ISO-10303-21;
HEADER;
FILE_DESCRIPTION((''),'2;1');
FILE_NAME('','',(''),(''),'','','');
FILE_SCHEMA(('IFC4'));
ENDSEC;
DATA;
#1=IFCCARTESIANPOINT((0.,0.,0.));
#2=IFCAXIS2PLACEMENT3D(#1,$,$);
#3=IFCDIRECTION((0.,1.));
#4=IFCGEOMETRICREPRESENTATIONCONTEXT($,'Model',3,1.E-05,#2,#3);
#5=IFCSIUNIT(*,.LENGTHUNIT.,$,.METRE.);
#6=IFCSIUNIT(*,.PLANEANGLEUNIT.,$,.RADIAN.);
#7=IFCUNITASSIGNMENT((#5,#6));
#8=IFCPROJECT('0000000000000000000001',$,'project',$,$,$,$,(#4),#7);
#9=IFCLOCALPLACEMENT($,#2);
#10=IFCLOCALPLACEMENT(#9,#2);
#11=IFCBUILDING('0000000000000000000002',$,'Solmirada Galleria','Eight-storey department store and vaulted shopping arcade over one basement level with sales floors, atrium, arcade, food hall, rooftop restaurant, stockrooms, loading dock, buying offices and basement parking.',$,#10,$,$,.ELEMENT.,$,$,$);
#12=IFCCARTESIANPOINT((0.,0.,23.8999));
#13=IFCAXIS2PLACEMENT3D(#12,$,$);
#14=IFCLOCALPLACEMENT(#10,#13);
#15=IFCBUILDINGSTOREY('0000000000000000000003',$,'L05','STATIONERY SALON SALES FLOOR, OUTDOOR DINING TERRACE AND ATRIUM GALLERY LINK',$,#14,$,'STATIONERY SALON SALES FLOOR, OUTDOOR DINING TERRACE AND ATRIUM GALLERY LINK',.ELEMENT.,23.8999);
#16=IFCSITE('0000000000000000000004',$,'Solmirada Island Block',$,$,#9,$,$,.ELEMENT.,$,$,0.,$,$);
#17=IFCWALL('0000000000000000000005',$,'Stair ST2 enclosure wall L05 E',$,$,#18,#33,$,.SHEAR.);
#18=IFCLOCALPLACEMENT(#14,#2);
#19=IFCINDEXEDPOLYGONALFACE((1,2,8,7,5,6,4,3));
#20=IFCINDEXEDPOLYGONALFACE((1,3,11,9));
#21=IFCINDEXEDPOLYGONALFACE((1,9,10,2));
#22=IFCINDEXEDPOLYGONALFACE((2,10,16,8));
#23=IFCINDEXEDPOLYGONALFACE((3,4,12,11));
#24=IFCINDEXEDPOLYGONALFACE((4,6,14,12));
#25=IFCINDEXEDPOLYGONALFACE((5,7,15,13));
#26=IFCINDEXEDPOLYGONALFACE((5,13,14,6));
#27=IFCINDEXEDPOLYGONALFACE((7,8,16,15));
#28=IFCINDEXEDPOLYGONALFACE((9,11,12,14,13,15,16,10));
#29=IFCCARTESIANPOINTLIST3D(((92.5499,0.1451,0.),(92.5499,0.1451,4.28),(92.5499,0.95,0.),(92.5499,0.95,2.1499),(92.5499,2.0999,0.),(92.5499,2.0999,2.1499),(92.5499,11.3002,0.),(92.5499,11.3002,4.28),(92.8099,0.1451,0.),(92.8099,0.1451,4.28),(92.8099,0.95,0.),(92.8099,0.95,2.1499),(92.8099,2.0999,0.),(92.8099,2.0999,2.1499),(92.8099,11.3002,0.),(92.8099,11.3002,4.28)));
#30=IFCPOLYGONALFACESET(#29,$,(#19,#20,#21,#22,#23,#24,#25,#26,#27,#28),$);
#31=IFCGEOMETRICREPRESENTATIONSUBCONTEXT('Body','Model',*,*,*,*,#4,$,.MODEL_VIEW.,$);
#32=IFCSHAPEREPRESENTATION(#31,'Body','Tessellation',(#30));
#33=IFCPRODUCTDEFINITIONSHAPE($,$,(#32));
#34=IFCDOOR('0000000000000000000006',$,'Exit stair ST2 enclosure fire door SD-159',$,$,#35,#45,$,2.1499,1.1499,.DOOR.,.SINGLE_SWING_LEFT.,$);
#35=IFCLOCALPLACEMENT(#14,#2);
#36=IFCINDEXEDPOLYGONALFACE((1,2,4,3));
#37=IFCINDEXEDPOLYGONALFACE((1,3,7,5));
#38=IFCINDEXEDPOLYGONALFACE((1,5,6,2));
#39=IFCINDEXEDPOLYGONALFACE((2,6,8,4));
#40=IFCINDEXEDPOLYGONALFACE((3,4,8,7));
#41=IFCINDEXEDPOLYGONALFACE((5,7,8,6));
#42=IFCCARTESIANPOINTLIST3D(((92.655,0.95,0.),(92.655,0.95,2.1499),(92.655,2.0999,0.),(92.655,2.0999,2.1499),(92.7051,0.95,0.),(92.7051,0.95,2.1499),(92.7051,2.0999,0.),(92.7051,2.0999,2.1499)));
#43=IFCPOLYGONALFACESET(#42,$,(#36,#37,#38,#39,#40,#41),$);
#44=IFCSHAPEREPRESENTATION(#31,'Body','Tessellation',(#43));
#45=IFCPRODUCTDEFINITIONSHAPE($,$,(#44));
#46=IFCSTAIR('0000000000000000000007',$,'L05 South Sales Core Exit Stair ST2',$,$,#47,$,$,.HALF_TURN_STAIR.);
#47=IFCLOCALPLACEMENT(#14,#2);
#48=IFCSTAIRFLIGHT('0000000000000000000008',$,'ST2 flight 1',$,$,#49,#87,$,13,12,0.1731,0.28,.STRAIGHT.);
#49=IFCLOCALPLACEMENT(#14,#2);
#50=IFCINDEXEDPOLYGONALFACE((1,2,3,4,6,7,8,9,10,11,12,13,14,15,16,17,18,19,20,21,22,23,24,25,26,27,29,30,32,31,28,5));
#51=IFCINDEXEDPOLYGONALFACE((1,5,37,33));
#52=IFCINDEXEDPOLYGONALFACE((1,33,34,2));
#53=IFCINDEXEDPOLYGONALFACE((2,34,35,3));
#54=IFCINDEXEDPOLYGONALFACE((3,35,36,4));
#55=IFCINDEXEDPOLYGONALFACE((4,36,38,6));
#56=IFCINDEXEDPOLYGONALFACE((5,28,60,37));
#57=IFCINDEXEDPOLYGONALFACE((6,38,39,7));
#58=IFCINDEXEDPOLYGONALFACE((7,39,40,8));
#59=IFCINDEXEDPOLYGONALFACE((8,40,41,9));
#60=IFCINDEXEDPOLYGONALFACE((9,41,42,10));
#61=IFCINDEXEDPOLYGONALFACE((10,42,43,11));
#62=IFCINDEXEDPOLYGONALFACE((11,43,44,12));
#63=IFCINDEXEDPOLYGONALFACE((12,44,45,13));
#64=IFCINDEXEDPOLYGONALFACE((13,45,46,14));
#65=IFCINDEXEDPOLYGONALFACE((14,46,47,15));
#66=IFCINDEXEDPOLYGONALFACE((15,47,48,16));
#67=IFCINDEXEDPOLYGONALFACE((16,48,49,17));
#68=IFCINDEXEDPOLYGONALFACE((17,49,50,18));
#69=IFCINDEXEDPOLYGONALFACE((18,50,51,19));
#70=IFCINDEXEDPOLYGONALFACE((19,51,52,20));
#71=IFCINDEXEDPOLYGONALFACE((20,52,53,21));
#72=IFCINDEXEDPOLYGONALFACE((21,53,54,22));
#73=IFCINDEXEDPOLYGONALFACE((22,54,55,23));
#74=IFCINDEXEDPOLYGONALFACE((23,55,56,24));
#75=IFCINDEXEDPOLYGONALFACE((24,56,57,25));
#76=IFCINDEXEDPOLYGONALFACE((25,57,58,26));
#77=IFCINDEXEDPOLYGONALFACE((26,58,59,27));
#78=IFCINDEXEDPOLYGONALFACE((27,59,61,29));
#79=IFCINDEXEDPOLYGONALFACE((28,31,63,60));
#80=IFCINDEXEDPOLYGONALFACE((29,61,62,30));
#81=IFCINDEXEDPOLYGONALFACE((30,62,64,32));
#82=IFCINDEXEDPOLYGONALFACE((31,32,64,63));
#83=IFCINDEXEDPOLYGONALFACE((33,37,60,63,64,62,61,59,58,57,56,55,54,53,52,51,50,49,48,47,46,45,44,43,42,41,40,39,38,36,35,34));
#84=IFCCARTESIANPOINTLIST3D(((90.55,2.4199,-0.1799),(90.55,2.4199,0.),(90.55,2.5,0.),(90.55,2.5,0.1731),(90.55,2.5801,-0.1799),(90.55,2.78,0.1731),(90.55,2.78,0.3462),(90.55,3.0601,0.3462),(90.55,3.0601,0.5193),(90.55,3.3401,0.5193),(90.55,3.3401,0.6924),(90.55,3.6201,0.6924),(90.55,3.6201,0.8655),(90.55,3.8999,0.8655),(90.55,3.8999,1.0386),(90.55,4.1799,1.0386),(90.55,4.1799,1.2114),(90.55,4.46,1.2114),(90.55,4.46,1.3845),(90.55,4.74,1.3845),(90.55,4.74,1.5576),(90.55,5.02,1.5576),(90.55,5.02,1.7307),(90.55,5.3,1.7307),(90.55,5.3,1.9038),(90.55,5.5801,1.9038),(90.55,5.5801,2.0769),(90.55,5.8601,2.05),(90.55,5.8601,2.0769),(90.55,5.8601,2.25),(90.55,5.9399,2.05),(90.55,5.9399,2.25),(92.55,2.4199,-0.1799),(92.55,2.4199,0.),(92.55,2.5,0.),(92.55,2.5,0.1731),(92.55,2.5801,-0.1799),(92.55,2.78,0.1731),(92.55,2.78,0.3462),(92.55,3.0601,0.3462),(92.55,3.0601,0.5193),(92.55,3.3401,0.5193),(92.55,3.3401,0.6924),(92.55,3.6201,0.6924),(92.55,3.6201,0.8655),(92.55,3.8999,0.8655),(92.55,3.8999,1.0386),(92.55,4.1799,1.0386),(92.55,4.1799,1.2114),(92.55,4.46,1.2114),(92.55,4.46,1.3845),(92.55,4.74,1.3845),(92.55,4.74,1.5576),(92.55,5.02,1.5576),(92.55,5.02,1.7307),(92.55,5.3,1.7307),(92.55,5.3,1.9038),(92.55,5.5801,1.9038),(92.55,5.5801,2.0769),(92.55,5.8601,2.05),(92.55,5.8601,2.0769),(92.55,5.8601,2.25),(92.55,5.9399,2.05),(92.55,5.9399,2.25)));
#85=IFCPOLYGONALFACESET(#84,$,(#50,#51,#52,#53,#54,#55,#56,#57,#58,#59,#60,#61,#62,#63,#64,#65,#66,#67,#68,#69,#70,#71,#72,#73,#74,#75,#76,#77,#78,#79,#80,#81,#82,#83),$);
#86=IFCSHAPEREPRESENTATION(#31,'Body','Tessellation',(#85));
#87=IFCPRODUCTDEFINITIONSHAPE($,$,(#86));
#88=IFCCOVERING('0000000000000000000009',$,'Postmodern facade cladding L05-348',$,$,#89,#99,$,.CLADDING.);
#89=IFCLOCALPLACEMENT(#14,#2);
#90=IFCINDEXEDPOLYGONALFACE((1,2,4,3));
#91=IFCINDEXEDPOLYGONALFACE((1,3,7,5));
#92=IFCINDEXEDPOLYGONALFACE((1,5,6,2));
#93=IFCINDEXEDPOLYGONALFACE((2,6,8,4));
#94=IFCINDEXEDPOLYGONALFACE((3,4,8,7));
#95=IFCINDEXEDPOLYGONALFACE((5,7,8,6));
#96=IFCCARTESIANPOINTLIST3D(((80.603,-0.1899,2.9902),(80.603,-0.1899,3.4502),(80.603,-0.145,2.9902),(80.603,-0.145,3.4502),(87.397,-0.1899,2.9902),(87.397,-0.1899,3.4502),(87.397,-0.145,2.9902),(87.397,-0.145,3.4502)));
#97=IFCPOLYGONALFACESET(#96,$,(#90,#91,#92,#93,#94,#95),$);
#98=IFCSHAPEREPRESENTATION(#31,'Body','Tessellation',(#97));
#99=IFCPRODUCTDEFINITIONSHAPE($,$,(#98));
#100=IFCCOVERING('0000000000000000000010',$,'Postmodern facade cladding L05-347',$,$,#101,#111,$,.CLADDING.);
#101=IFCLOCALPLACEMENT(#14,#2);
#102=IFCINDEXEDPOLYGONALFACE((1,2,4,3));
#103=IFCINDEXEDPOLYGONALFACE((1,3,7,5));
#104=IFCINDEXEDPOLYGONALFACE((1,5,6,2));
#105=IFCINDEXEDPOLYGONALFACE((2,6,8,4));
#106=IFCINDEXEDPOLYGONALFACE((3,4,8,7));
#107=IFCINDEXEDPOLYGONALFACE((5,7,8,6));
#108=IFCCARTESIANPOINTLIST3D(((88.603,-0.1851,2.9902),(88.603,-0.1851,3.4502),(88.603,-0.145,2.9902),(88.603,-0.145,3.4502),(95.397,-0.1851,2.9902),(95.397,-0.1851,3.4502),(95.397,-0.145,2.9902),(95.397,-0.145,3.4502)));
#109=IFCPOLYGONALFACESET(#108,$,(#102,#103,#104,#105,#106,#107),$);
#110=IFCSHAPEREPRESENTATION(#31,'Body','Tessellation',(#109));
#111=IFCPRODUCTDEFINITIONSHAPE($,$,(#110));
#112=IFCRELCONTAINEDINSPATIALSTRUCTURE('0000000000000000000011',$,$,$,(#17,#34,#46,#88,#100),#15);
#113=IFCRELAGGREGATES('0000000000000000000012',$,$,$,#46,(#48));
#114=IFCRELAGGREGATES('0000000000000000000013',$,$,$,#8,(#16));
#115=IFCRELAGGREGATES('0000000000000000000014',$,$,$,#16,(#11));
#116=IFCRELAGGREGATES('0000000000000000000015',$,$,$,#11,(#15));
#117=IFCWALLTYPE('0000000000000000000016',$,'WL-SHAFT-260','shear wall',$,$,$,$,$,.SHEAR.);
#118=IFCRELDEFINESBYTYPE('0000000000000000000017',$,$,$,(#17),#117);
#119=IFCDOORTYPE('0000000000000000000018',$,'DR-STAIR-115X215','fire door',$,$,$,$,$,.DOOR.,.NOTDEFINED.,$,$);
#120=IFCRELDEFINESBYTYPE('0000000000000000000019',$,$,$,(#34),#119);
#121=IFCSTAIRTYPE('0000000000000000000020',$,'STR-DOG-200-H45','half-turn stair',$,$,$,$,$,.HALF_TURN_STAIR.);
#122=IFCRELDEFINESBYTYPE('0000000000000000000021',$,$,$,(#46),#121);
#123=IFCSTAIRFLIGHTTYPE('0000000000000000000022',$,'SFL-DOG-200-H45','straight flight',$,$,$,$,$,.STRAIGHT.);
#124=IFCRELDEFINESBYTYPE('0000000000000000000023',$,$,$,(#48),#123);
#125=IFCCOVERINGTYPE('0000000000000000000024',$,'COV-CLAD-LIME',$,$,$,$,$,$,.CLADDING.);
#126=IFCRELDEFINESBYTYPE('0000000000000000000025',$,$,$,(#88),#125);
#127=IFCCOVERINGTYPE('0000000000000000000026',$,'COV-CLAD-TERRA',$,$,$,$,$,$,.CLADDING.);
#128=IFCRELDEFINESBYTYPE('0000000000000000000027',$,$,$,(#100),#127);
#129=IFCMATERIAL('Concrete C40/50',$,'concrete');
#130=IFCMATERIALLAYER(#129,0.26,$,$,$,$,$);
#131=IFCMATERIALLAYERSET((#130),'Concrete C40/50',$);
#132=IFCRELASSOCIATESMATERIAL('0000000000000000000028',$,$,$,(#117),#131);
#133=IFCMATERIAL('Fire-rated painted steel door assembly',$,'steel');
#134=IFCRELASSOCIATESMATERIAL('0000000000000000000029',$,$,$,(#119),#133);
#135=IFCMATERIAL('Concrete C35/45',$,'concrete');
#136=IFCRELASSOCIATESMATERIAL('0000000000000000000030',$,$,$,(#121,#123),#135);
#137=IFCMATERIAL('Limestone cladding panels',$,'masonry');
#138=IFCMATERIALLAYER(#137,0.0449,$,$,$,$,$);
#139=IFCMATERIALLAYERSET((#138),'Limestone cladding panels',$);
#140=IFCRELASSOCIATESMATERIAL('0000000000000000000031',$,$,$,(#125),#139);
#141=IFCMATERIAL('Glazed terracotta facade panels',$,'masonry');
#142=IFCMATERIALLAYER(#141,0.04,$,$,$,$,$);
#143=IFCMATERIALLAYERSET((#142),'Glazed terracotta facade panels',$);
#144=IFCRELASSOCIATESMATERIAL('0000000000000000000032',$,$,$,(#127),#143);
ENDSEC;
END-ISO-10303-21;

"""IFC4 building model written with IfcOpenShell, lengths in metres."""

from ifc_helpers import new_model, si_unit, direction, frame, frame_2d, origin, origin_2d, place, context, subcontext, project, spatial, polyline, rectangle, outline, extrude, material, layer, layer_set, type_object, element, fill, aggregate, save


model = new_model("IFC4")

# Units and contexts
model_context = context("Model", 3, precision=1e-05, world=origin(), true_north=direction((0.0, 1.0)))
body_context = subcontext(model_context, "Body", "Model", "MODEL_VIEW")
ifc_project = project(units=[si_unit("LENGTHUNIT", "METRE"), si_unit("PLANEANGLEUNIT", "RADIAN")], contexts=[model_context])

# Site, building, storey
site_placement = place(None, origin())
site = spatial("IfcSite", under=ifc_project, at=site_placement, Name="Solmirada Island Block", CompositionType="ELEMENT", RefElevation=0.0)
building_placement = place(site_placement, origin())
building = spatial("IfcBuilding", under=site, at=building_placement, Name="Solmirada Galleria", Description="Eight-storey department store and vaulted shopping arcade over one basement level with sales floors, atrium, arcade, food hall, rooftop restaurant, stockrooms, loading dock, buying offices and basement parking.", CompositionType="ELEMENT")
storey_placement = place(building_placement, frame((0.0, 0.0, 23.8999)))
storey = spatial("IfcBuildingStorey", under=building, at=storey_placement, Name="L05", Description="STATIONERY SALON SALES FLOOR, OUTDOOR DINING TERRACE AND ATRIUM GALLERY LINK", LongName="STATIONERY SALON SALES FLOOR, OUTDOOR DINING TERRACE AND ATRIUM GALLERY LINK", CompositionType="ELEMENT", Elevation=23.8999)

# Shared definitions
ifc_material_1 = material(Name="Concrete C40/50", Category="concrete")

# Shared definitions
ifc_material_2 = material(Name="Fire-rated painted steel door assembly", Category="steel")

# Shared definitions
ifc_layer_1 = layer(ifc_material_1, 0.26)
ifc_layer_set_1 = layer_set([ifc_layer_1], Name="Concrete C40/50")
wall_type_1 = type_object("IfcWallType", Name="WL-SHAFT-260", Description="shear wall", PredefinedType="SHEAR", material=ifc_layer_set_1)

# Wall, opening, door
wall_1_placement = place(storey_placement, frame((92.6799, 0.145, 0.0), z_axis=(0.0, 0.0, 1.0), x_axis=(0.0, 1.0, 0.0)))
wall_1 = element("IfcWall", 1, at=wall_1_placement, inside=storey, type_object=wall_type_1, Name="Stair ST2 enclosure wall L05 E", PredefinedType="SHEAR", context=body_context, shape_type="SweptSolid", body=[
    extrude(rectangle(XDim=11.155, YDim=0.26, at=frame_2d((5.5776, 0.0))), origin(), (0.0, 0.0, 1.0), 4.28),
])
opening_1_placement = place(wall_1_placement, frame((0.8049, 0.0, 0.0)))
opening_1 = element("IfcOpeningElement", 2, at=opening_1_placement, cuts=wall_1, PredefinedType="OPENING", context=body_context, shape_type="SweptSolid", body=[
    extrude(rectangle(XDim=1.1499, YDim=2.1499, at=frame_2d((0.575, 1.075))), frame((0.0, 0.1399, 0.0), z_axis=(0.0, -1.0, 0.0), x_axis=(1.0, 0.0, 0.0)), (0.0, 0.0, 1.0), 0.28),
])
door_type_1 = type_object("IfcDoorType", Name="DR-STAIR-115X215", Description="fire door", OperationType="NOTDEFINED", PredefinedType="DOOR", material=ifc_material_2)
door_1_placement = place(opening_1_placement, origin())
door_1 = element("IfcDoor", 3, at=door_1_placement, inside=storey, type_object=door_type_1, Name="Exit stair ST2 enclosure fire door SD-159", OperationType="SINGLE_SWING_LEFT", OverallHeight=2.1499, OverallWidth=1.1499, PredefinedType="DOOR", context=body_context, shape_type="SweptSolid", body=[
    extrude(rectangle(XDim=1.1499, YDim=2.1499, at=frame_2d((0.575, 1.075))), frame((0.0, 0.0249, 0.0), z_axis=(0.0, -1.0, 0.0), x_axis=(1.0, 0.0, 0.0)), (0.0, 0.0, 1.0), 0.05),
])
fill(opening_1, door_1)

# Stair, stair flight
ifc_material_3 = material(Name="Concrete C35/45", Category="concrete")
stair_type = type_object("IfcStairType", Name="STR-DOG-200-H45", Description="half-turn stair", PredefinedType="HALF_TURN_STAIR", material=ifc_material_3)
stair_placement = place(storey_placement, origin())
stair = element("IfcStair", 4, at=stair_placement, inside=storey, type_object=stair_type, Name="L05 South Sales Core Exit Stair ST2", PredefinedType="HALF_TURN_STAIR")
stair_flight_type = type_object("IfcStairFlightType", Name="SFL-DOG-200-H45", Description="straight flight", PredefinedType="STRAIGHT", material=ifc_material_3)
stair_flight_placement = place(storey_placement, frame((91.55, 2.5, 0.0), z_axis=(0.0, 0.0, 1.0), x_axis=(0.0, 1.0, 0.0)))
stair_flight = element("IfcStairFlight", 5, at=stair_flight_placement, type_object=stair_flight_type, Name="ST2 flight 1", NumberOfRisers=13, NumberOfTreads=12, PredefinedType="STRAIGHT", RiserHeight=0.1731, TreadLength=0.28, context=body_context, shape_type="SweptSolid", body=[
    extrude(outline(polyline([(-0.0801, 0.0), (0.0, 0.0), (0.0, 0.1731), (0.28, 0.1731), (0.28, 0.3462), (0.5601, 0.3462), (0.5601, 0.5193), (0.8401, 0.5193), (0.8401, 0.6924), (1.1201, 0.6924), (1.1201, 0.8655), (1.3999, 0.8655), (1.3999, 1.0386), (1.6799, 1.0386), (1.6799, 1.2114), (1.96, 1.2114), (1.96, 1.3845), (2.24, 1.3845), (2.24, 1.5576), (2.52, 1.5576), (2.52, 1.7307), (2.8, 1.7307), (2.8, 1.9038), (3.0801, 1.9038), (3.0801, 2.0769), (3.3601, 2.0769), (3.3601, 2.25), (3.4399, 2.25), (3.4399, 2.05), (3.3601, 2.05), (0.0801, -0.1799), (-0.0801, -0.1799), (-0.0801, 0.0)])), frame((0.0, 1.0, 0.0), z_axis=(0.0, -1.0, 0.0), x_axis=(1.0, 0.0, 0.0)), (0.0, 0.0, 1.0), 2.0),
])
aggregate(stair, [stair_flight])

# Coverings
ifc_material_4 = material(Name="Limestone cladding panels", Category="masonry")
ifc_layer_2 = layer(ifc_material_4, 0.0449)
ifc_layer_set_2 = layer_set([ifc_layer_2], Name="Limestone cladding panels")
covering_type_1 = type_object("IfcCoveringType", Name="COV-CLAD-LIME", PredefinedType="CLADDING", material=ifc_layer_set_2)
covering_1_placement = place(storey_placement, frame((84.0, -0.1675, 2.9902), z_axis=(0.0, 0.0, 1.0), x_axis=(-1.0, 0.0, 0.0)))
element("IfcCovering", 6, at=covering_1_placement, inside=storey, type_object=covering_type_1, Name="Postmodern facade cladding L05-348", PredefinedType="CLADDING", context=body_context, shape_type="SweptSolid", body=[
    extrude(rectangle(XDim=6.7939, YDim=0.0449, at=origin_2d()), origin(), (0.0, 0.0, 1.0), 0.46),
])
ifc_material_5 = material(Name="Glazed terracotta facade panels", Category="masonry")
ifc_layer_3 = layer(ifc_material_5, 0.04)
ifc_layer_set_3 = layer_set([ifc_layer_3], Name="Glazed terracotta facade panels")
covering_type_2 = type_object("IfcCoveringType", Name="COV-CLAD-TERRA", PredefinedType="CLADDING", material=ifc_layer_set_3)
covering_2_placement = place(storey_placement, frame((92.0, -0.165, 2.9902), z_axis=(0.0, 0.0, 1.0), x_axis=(-1.0, 0.0, 0.0)))
element("IfcCovering", 7, at=covering_2_placement, inside=storey, type_object=covering_type_2, Name="Postmodern facade cladding L05-347", PredefinedType="CLADDING", context=body_context, shape_type="SweptSolid", body=[
    extrude(rectangle(XDim=6.7939, YDim=0.04, at=origin_2d()), origin(), (0.0, 0.0, 1.0), 0.46),
])

save(model, "model.ifc")
